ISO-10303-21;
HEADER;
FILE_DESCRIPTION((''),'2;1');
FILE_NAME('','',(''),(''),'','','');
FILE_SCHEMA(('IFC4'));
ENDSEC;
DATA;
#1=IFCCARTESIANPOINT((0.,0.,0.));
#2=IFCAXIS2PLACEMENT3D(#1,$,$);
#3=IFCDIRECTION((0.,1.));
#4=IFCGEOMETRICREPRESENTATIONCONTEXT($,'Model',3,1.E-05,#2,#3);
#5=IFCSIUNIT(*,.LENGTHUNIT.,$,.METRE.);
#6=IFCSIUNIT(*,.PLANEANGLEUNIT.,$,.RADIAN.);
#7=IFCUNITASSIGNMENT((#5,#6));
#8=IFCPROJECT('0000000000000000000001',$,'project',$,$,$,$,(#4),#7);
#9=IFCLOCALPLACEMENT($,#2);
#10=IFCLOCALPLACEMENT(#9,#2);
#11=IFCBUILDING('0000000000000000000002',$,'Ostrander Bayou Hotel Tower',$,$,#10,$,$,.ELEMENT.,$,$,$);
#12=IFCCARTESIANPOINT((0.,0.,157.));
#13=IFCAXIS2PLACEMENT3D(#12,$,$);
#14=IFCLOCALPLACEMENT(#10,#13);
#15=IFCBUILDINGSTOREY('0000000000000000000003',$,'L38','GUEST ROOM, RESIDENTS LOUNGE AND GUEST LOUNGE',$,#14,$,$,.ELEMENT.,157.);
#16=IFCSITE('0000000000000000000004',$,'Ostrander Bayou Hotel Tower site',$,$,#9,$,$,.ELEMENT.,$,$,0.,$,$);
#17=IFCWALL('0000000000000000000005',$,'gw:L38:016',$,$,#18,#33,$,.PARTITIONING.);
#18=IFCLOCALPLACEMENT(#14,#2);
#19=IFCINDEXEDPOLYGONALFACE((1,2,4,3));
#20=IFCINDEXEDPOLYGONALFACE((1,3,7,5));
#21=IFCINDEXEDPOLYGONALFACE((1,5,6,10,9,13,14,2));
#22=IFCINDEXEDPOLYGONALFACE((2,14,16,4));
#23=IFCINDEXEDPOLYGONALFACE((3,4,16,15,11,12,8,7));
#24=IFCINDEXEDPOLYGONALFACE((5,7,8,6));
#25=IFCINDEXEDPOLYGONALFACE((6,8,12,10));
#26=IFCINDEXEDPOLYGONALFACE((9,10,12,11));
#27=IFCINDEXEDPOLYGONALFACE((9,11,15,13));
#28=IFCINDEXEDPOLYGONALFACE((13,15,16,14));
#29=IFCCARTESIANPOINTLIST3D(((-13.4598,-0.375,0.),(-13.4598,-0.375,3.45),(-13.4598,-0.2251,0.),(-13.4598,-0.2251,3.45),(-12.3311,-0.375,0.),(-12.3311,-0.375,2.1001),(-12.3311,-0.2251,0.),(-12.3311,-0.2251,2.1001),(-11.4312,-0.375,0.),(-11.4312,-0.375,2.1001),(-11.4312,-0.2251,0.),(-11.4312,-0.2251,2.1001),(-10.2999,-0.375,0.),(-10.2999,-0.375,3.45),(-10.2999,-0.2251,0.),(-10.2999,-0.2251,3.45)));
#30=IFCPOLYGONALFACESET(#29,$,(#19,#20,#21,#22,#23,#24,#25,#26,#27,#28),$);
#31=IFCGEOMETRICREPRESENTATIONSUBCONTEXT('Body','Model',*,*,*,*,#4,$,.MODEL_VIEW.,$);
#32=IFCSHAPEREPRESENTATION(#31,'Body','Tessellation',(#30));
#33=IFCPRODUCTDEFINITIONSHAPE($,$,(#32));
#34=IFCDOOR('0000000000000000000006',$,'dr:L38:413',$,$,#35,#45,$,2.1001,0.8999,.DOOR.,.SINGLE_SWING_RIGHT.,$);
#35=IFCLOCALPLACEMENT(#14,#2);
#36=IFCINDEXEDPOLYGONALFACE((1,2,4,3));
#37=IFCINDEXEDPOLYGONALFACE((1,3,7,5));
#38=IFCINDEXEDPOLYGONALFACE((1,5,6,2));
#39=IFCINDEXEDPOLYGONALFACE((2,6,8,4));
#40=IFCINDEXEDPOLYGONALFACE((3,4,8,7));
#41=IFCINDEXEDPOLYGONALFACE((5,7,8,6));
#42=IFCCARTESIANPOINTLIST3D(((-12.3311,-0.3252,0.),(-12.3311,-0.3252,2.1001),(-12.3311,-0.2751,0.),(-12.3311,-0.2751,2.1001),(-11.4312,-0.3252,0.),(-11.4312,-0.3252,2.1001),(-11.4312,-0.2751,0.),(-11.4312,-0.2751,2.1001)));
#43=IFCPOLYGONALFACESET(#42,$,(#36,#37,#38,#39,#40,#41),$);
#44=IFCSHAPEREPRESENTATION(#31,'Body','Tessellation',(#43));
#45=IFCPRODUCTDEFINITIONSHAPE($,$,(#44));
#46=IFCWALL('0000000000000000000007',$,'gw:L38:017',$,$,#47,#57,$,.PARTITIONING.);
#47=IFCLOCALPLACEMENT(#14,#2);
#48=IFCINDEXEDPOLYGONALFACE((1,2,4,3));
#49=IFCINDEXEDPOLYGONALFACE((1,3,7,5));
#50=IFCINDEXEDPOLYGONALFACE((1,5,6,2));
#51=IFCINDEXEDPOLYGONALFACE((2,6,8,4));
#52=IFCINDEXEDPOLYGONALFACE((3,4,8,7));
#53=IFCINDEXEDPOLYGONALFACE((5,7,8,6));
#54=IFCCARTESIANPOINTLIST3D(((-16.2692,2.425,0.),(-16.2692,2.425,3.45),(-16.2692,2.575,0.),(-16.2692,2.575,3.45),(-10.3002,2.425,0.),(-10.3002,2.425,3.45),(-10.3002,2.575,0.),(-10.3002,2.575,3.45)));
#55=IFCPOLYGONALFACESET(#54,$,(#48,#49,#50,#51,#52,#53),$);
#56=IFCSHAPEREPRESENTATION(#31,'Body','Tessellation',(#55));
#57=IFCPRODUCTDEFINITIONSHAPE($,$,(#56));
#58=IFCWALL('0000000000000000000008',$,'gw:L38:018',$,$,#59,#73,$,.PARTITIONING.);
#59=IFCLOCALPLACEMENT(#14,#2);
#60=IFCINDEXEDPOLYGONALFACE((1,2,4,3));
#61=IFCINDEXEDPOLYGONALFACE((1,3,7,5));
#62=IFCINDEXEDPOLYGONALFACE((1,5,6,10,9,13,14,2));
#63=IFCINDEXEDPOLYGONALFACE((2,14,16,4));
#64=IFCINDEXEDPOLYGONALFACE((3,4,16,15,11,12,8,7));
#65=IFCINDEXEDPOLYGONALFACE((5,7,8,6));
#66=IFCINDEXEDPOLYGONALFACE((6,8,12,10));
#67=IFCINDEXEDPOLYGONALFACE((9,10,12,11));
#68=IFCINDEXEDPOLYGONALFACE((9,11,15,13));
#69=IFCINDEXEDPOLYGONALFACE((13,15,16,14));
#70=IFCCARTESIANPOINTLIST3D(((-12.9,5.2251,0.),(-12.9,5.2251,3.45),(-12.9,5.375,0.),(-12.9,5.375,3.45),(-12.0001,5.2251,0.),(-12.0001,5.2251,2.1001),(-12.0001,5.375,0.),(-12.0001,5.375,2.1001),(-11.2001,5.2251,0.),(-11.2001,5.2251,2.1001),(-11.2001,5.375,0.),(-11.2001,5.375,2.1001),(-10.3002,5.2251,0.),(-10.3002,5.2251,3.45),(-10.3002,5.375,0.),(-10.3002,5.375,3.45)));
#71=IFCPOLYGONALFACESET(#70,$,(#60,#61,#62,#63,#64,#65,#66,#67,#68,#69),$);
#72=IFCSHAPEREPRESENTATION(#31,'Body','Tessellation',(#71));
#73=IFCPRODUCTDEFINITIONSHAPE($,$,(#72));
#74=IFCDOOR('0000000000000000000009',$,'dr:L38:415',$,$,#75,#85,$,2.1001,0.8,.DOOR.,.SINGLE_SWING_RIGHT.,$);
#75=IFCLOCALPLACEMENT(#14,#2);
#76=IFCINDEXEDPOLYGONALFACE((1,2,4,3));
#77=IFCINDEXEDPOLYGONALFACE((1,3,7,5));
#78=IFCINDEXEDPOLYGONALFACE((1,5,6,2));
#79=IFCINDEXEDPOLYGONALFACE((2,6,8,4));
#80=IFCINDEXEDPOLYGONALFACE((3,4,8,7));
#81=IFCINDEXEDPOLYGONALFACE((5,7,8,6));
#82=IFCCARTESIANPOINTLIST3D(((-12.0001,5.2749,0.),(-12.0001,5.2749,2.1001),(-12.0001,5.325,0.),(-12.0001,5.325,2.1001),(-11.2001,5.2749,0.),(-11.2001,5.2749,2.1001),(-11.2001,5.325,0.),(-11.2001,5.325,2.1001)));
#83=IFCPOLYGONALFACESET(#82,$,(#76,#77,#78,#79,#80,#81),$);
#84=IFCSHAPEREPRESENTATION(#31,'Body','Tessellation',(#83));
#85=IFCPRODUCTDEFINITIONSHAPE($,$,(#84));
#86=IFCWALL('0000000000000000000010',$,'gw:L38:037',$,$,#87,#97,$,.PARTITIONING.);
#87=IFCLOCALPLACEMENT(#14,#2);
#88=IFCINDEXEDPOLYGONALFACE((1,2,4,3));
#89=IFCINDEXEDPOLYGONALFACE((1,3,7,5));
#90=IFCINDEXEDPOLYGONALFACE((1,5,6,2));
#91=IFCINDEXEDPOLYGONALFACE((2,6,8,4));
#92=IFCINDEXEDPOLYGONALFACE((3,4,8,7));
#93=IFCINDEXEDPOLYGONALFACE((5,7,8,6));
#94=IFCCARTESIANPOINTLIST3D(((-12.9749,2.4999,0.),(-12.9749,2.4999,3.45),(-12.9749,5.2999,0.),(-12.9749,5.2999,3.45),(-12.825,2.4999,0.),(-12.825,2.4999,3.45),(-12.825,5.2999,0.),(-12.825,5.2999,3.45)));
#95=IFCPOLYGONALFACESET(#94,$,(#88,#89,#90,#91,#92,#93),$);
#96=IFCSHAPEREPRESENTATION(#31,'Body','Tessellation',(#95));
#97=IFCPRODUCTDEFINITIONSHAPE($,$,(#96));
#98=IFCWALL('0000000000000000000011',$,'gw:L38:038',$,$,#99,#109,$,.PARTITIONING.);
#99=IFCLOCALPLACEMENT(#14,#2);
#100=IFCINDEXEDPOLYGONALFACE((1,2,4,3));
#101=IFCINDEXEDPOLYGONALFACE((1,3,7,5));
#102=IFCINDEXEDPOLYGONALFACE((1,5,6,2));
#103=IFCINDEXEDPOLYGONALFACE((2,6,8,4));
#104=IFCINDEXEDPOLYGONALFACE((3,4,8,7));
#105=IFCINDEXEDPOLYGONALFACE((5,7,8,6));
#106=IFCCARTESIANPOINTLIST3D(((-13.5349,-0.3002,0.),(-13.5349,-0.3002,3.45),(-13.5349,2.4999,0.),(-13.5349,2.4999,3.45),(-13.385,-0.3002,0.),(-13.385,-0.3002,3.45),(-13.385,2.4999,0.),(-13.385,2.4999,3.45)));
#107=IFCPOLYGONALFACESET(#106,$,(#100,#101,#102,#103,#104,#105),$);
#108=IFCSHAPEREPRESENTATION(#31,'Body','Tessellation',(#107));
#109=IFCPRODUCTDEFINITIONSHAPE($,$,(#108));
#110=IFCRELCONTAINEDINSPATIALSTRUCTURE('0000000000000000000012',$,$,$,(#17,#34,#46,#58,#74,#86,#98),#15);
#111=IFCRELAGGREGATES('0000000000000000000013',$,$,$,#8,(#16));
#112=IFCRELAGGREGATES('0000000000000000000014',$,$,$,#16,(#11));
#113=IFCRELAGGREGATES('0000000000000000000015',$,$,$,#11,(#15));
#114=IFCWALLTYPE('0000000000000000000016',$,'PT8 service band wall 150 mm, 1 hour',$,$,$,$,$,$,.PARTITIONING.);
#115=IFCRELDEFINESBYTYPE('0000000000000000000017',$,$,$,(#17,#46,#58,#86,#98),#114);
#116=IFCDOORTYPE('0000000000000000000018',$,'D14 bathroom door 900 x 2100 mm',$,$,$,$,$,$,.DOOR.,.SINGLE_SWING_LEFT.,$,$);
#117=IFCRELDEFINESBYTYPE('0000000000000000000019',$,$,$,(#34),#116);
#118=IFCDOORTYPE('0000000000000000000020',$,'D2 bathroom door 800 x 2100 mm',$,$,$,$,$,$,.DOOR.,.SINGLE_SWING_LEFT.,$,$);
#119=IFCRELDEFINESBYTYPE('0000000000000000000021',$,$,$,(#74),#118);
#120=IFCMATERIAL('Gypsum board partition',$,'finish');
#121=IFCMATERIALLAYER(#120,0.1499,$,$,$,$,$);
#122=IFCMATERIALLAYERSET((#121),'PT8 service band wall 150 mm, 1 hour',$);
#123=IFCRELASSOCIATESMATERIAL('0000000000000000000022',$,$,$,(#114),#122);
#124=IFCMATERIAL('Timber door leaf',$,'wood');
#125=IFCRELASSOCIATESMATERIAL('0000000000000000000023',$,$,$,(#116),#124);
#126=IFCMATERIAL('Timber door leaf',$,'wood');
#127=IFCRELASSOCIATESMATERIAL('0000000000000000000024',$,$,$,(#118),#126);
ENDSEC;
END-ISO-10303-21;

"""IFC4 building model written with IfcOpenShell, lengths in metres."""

from ifc_helpers import new_model, si_unit, direction, frame, frame_2d, origin, place, context, subcontext, project, spatial, rectangle, extrude, material, layer, layer_set, type_object, element, fill, save


model = new_model("IFC4")

# Units and contexts
model_context = context("Model", 3, precision=1e-05, world=origin(), true_north=direction((0.0, 1.0)))
body_context = subcontext(model_context, "Body", "Model", "MODEL_VIEW")
ifc_project = project(units=[si_unit("LENGTHUNIT", "METRE"), si_unit("PLANEANGLEUNIT", "RADIAN")], contexts=[model_context])

# Site, building, storey
site_placement = place(None, origin())
site = spatial("IfcSite", under=ifc_project, at=site_placement, Name="Ostrander Bayou Hotel Tower site", CompositionType="ELEMENT", RefElevation=0.0)
building_placement = place(site_placement, origin())
building = spatial("IfcBuilding", under=site, at=building_placement, Name="Ostrander Bayou Hotel Tower", CompositionType="ELEMENT")
storey_placement = place(building_placement, frame((0.0, 0.0, 157.0)))
storey = spatial("IfcBuildingStorey", under=building, at=storey_placement, Name="L38", Description="GUEST ROOM, RESIDENTS LOUNGE AND GUEST LOUNGE", CompositionType="ELEMENT", Elevation=157.0)

# Wall, opening, door
ifc_material_1 = material(Name="Gypsum board partition", Category="finish")
ifc_layer_1 = layer(ifc_material_1, 0.1499)
ifc_layer_set_1 = layer_set([ifc_layer_1], Name="PT8 service band wall 150 mm, 1 hour")
wall_type_1 = type_object("IfcWallType", Name="PT8 service band wall 150 mm, 1 hour", PredefinedType="PARTITIONING", material=ifc_layer_set_1)
wall_1_placement = place(storey_placement, frame((-13.46, -0.3, 0.0), z_axis=(0.0, 0.0, 1.0), x_axis=(1.0, 0.0, 0.0)))
wall_1 = element("IfcWall", 1, at=wall_1_placement, inside=storey, type_object=wall_type_1, Name="gw:L38:016", PredefinedType="PARTITIONING", context=body_context, shape_type="SweptSolid", body=[
    extrude(rectangle(XDim=3.1599, YDim=0.1499, at=frame_2d((1.5801, 0.0))), origin(), (0.0, 0.0, 1.0), 3.45),
])
opening_1_placement = place(wall_1_placement, frame((1.1289, 0.0, 0.0)))
opening_1 = element("IfcOpeningElement", 2, at=opening_1_placement, cuts=wall_1, PredefinedType="OPENING", context=body_context, shape_type="SweptSolid", body=[
    extrude(rectangle(XDim=0.8999, YDim=2.1001, at=frame_2d((0.45, 1.05))), frame((0.0, 0.075, 0.0), z_axis=(0.0, -1.0, 0.0), x_axis=(1.0, 0.0, 0.0)), (0.0, 0.0, 1.0), 0.1499),
])
ifc_material_2 = material(Name="Timber door leaf", Category="wood")
door_type_1 = type_object("IfcDoorType", Name="D14 bathroom door 900 x 2100 mm", OperationType="SINGLE_SWING_LEFT", PredefinedType="DOOR", material=ifc_material_2)
door_1_placement = place(opening_1_placement, origin())
door_1 = element("IfcDoor", 3, at=door_1_placement, inside=storey, type_object=door_type_1, Name="dr:L38:413", OperationType="SINGLE_SWING_RIGHT", OverallHeight=2.1001, OverallWidth=0.8999, PredefinedType="DOOR", context=body_context, shape_type="SweptSolid", body=[
    extrude(rectangle(XDim=0.8999, YDim=2.1001, at=frame_2d((0.45, 1.05))), frame((0.0, 0.0249, 0.0), z_axis=(0.0, -1.0, 0.0), x_axis=(1.0, 0.0, 0.0)), (0.0, 0.0, 1.0), 0.05),
])
fill(opening_1, door_1)

# Wall
wall_2_placement = place(storey_placement, frame((-16.269, 2.5, 0.0), z_axis=(0.0, 0.0, 1.0), x_axis=(1.0, 0.0, 0.0)))
element("IfcWall", 4, at=wall_2_placement, inside=storey, type_object=wall_type_1, Name="gw:L38:017", PredefinedType="PARTITIONING", context=body_context, shape_type="SweptSolid", body=[
    extrude(rectangle(XDim=5.969, YDim=0.1499, at=frame_2d((2.9844, 0.0))), origin(), (0.0, 0.0, 1.0), 3.45),
])

# Wall, opening, door
wall_3_placement = place(storey_placement, frame((-12.8999, 5.3, 0.0), z_axis=(0.0, 0.0, 1.0), x_axis=(1.0, 0.0, 0.0)))
wall_3 = element("IfcWall", 5, at=wall_3_placement, inside=storey, type_object=wall_type_1, Name="gw:L38:018", PredefinedType="PARTITIONING", context=body_context, shape_type="SweptSolid", body=[
    extrude(rectangle(XDim=2.5999, YDim=0.1499, at=frame_2d((1.2998, 0.0))), origin(), (0.0, 0.0, 1.0), 3.45),
])
opening_2_placement = place(wall_3_placement, frame((0.8999, 0.0, 0.0)))
opening_2 = element("IfcOpeningElement", 6, at=opening_2_placement, cuts=wall_3, PredefinedType="OPENING", context=body_context, shape_type="SweptSolid", body=[
    extrude(rectangle(XDim=0.8, YDim=2.1001, at=frame_2d((0.3999, 1.05))), frame((0.0, 0.075, 0.0), z_axis=(0.0, -1.0, 0.0), x_axis=(1.0, 0.0, 0.0)), (0.0, 0.0, 1.0), 0.1499),
])
ifc_material_3 = material(Name="Timber door leaf", Category="wood")
door_type_2 = type_object("IfcDoorType", Name="D2 bathroom door 800 x 2100 mm", OperationType="SINGLE_SWING_LEFT", PredefinedType="DOOR", material=ifc_material_3)
door_2_placement = place(opening_2_placement, origin())
door_2 = element("IfcDoor", 7, at=door_2_placement, inside=storey, type_object=door_type_2, Name="dr:L38:415", OperationType="SINGLE_SWING_RIGHT", OverallHeight=2.1001, OverallWidth=0.8, PredefinedType="DOOR", context=body_context, shape_type="SweptSolid", body=[
    extrude(rectangle(XDim=0.8, YDim=2.1001, at=frame_2d((0.3999, 1.05))), frame((0.0, 0.0249, 0.0), z_axis=(0.0, -1.0, 0.0), x_axis=(1.0, 0.0, 0.0)), (0.0, 0.0, 1.0), 0.05),
])
fill(opening_2, door_2)

# Walls
for number, where, z_axis, x_axis, name in (
    (8, (-12.8999, 2.5, 0.0), (0.0, 0.0, 1.0), (0.0, 1.0, 0.0), "gw:L38:037"),
    (9, (-13.46, -0.3, 0.0), (0.0, 0.0, 1.0), (0.0, 1.0, 0.0), "gw:L38:038"),
):
    element("IfcWall", number, at=place(storey_placement, frame(where, z_axis=z_axis, x_axis=x_axis)), inside=storey, type_object=wall_type_1, Name=name, PredefinedType="PARTITIONING", context=body_context, shape_type="SweptSolid", body=[
        extrude(rectangle(XDim=2.8, YDim=0.1499, at=frame_2d((1.3999, 0.0))), origin(), (0.0, 0.0, 1.0), 3.45),
    ])

save(model, "model.ifc")
